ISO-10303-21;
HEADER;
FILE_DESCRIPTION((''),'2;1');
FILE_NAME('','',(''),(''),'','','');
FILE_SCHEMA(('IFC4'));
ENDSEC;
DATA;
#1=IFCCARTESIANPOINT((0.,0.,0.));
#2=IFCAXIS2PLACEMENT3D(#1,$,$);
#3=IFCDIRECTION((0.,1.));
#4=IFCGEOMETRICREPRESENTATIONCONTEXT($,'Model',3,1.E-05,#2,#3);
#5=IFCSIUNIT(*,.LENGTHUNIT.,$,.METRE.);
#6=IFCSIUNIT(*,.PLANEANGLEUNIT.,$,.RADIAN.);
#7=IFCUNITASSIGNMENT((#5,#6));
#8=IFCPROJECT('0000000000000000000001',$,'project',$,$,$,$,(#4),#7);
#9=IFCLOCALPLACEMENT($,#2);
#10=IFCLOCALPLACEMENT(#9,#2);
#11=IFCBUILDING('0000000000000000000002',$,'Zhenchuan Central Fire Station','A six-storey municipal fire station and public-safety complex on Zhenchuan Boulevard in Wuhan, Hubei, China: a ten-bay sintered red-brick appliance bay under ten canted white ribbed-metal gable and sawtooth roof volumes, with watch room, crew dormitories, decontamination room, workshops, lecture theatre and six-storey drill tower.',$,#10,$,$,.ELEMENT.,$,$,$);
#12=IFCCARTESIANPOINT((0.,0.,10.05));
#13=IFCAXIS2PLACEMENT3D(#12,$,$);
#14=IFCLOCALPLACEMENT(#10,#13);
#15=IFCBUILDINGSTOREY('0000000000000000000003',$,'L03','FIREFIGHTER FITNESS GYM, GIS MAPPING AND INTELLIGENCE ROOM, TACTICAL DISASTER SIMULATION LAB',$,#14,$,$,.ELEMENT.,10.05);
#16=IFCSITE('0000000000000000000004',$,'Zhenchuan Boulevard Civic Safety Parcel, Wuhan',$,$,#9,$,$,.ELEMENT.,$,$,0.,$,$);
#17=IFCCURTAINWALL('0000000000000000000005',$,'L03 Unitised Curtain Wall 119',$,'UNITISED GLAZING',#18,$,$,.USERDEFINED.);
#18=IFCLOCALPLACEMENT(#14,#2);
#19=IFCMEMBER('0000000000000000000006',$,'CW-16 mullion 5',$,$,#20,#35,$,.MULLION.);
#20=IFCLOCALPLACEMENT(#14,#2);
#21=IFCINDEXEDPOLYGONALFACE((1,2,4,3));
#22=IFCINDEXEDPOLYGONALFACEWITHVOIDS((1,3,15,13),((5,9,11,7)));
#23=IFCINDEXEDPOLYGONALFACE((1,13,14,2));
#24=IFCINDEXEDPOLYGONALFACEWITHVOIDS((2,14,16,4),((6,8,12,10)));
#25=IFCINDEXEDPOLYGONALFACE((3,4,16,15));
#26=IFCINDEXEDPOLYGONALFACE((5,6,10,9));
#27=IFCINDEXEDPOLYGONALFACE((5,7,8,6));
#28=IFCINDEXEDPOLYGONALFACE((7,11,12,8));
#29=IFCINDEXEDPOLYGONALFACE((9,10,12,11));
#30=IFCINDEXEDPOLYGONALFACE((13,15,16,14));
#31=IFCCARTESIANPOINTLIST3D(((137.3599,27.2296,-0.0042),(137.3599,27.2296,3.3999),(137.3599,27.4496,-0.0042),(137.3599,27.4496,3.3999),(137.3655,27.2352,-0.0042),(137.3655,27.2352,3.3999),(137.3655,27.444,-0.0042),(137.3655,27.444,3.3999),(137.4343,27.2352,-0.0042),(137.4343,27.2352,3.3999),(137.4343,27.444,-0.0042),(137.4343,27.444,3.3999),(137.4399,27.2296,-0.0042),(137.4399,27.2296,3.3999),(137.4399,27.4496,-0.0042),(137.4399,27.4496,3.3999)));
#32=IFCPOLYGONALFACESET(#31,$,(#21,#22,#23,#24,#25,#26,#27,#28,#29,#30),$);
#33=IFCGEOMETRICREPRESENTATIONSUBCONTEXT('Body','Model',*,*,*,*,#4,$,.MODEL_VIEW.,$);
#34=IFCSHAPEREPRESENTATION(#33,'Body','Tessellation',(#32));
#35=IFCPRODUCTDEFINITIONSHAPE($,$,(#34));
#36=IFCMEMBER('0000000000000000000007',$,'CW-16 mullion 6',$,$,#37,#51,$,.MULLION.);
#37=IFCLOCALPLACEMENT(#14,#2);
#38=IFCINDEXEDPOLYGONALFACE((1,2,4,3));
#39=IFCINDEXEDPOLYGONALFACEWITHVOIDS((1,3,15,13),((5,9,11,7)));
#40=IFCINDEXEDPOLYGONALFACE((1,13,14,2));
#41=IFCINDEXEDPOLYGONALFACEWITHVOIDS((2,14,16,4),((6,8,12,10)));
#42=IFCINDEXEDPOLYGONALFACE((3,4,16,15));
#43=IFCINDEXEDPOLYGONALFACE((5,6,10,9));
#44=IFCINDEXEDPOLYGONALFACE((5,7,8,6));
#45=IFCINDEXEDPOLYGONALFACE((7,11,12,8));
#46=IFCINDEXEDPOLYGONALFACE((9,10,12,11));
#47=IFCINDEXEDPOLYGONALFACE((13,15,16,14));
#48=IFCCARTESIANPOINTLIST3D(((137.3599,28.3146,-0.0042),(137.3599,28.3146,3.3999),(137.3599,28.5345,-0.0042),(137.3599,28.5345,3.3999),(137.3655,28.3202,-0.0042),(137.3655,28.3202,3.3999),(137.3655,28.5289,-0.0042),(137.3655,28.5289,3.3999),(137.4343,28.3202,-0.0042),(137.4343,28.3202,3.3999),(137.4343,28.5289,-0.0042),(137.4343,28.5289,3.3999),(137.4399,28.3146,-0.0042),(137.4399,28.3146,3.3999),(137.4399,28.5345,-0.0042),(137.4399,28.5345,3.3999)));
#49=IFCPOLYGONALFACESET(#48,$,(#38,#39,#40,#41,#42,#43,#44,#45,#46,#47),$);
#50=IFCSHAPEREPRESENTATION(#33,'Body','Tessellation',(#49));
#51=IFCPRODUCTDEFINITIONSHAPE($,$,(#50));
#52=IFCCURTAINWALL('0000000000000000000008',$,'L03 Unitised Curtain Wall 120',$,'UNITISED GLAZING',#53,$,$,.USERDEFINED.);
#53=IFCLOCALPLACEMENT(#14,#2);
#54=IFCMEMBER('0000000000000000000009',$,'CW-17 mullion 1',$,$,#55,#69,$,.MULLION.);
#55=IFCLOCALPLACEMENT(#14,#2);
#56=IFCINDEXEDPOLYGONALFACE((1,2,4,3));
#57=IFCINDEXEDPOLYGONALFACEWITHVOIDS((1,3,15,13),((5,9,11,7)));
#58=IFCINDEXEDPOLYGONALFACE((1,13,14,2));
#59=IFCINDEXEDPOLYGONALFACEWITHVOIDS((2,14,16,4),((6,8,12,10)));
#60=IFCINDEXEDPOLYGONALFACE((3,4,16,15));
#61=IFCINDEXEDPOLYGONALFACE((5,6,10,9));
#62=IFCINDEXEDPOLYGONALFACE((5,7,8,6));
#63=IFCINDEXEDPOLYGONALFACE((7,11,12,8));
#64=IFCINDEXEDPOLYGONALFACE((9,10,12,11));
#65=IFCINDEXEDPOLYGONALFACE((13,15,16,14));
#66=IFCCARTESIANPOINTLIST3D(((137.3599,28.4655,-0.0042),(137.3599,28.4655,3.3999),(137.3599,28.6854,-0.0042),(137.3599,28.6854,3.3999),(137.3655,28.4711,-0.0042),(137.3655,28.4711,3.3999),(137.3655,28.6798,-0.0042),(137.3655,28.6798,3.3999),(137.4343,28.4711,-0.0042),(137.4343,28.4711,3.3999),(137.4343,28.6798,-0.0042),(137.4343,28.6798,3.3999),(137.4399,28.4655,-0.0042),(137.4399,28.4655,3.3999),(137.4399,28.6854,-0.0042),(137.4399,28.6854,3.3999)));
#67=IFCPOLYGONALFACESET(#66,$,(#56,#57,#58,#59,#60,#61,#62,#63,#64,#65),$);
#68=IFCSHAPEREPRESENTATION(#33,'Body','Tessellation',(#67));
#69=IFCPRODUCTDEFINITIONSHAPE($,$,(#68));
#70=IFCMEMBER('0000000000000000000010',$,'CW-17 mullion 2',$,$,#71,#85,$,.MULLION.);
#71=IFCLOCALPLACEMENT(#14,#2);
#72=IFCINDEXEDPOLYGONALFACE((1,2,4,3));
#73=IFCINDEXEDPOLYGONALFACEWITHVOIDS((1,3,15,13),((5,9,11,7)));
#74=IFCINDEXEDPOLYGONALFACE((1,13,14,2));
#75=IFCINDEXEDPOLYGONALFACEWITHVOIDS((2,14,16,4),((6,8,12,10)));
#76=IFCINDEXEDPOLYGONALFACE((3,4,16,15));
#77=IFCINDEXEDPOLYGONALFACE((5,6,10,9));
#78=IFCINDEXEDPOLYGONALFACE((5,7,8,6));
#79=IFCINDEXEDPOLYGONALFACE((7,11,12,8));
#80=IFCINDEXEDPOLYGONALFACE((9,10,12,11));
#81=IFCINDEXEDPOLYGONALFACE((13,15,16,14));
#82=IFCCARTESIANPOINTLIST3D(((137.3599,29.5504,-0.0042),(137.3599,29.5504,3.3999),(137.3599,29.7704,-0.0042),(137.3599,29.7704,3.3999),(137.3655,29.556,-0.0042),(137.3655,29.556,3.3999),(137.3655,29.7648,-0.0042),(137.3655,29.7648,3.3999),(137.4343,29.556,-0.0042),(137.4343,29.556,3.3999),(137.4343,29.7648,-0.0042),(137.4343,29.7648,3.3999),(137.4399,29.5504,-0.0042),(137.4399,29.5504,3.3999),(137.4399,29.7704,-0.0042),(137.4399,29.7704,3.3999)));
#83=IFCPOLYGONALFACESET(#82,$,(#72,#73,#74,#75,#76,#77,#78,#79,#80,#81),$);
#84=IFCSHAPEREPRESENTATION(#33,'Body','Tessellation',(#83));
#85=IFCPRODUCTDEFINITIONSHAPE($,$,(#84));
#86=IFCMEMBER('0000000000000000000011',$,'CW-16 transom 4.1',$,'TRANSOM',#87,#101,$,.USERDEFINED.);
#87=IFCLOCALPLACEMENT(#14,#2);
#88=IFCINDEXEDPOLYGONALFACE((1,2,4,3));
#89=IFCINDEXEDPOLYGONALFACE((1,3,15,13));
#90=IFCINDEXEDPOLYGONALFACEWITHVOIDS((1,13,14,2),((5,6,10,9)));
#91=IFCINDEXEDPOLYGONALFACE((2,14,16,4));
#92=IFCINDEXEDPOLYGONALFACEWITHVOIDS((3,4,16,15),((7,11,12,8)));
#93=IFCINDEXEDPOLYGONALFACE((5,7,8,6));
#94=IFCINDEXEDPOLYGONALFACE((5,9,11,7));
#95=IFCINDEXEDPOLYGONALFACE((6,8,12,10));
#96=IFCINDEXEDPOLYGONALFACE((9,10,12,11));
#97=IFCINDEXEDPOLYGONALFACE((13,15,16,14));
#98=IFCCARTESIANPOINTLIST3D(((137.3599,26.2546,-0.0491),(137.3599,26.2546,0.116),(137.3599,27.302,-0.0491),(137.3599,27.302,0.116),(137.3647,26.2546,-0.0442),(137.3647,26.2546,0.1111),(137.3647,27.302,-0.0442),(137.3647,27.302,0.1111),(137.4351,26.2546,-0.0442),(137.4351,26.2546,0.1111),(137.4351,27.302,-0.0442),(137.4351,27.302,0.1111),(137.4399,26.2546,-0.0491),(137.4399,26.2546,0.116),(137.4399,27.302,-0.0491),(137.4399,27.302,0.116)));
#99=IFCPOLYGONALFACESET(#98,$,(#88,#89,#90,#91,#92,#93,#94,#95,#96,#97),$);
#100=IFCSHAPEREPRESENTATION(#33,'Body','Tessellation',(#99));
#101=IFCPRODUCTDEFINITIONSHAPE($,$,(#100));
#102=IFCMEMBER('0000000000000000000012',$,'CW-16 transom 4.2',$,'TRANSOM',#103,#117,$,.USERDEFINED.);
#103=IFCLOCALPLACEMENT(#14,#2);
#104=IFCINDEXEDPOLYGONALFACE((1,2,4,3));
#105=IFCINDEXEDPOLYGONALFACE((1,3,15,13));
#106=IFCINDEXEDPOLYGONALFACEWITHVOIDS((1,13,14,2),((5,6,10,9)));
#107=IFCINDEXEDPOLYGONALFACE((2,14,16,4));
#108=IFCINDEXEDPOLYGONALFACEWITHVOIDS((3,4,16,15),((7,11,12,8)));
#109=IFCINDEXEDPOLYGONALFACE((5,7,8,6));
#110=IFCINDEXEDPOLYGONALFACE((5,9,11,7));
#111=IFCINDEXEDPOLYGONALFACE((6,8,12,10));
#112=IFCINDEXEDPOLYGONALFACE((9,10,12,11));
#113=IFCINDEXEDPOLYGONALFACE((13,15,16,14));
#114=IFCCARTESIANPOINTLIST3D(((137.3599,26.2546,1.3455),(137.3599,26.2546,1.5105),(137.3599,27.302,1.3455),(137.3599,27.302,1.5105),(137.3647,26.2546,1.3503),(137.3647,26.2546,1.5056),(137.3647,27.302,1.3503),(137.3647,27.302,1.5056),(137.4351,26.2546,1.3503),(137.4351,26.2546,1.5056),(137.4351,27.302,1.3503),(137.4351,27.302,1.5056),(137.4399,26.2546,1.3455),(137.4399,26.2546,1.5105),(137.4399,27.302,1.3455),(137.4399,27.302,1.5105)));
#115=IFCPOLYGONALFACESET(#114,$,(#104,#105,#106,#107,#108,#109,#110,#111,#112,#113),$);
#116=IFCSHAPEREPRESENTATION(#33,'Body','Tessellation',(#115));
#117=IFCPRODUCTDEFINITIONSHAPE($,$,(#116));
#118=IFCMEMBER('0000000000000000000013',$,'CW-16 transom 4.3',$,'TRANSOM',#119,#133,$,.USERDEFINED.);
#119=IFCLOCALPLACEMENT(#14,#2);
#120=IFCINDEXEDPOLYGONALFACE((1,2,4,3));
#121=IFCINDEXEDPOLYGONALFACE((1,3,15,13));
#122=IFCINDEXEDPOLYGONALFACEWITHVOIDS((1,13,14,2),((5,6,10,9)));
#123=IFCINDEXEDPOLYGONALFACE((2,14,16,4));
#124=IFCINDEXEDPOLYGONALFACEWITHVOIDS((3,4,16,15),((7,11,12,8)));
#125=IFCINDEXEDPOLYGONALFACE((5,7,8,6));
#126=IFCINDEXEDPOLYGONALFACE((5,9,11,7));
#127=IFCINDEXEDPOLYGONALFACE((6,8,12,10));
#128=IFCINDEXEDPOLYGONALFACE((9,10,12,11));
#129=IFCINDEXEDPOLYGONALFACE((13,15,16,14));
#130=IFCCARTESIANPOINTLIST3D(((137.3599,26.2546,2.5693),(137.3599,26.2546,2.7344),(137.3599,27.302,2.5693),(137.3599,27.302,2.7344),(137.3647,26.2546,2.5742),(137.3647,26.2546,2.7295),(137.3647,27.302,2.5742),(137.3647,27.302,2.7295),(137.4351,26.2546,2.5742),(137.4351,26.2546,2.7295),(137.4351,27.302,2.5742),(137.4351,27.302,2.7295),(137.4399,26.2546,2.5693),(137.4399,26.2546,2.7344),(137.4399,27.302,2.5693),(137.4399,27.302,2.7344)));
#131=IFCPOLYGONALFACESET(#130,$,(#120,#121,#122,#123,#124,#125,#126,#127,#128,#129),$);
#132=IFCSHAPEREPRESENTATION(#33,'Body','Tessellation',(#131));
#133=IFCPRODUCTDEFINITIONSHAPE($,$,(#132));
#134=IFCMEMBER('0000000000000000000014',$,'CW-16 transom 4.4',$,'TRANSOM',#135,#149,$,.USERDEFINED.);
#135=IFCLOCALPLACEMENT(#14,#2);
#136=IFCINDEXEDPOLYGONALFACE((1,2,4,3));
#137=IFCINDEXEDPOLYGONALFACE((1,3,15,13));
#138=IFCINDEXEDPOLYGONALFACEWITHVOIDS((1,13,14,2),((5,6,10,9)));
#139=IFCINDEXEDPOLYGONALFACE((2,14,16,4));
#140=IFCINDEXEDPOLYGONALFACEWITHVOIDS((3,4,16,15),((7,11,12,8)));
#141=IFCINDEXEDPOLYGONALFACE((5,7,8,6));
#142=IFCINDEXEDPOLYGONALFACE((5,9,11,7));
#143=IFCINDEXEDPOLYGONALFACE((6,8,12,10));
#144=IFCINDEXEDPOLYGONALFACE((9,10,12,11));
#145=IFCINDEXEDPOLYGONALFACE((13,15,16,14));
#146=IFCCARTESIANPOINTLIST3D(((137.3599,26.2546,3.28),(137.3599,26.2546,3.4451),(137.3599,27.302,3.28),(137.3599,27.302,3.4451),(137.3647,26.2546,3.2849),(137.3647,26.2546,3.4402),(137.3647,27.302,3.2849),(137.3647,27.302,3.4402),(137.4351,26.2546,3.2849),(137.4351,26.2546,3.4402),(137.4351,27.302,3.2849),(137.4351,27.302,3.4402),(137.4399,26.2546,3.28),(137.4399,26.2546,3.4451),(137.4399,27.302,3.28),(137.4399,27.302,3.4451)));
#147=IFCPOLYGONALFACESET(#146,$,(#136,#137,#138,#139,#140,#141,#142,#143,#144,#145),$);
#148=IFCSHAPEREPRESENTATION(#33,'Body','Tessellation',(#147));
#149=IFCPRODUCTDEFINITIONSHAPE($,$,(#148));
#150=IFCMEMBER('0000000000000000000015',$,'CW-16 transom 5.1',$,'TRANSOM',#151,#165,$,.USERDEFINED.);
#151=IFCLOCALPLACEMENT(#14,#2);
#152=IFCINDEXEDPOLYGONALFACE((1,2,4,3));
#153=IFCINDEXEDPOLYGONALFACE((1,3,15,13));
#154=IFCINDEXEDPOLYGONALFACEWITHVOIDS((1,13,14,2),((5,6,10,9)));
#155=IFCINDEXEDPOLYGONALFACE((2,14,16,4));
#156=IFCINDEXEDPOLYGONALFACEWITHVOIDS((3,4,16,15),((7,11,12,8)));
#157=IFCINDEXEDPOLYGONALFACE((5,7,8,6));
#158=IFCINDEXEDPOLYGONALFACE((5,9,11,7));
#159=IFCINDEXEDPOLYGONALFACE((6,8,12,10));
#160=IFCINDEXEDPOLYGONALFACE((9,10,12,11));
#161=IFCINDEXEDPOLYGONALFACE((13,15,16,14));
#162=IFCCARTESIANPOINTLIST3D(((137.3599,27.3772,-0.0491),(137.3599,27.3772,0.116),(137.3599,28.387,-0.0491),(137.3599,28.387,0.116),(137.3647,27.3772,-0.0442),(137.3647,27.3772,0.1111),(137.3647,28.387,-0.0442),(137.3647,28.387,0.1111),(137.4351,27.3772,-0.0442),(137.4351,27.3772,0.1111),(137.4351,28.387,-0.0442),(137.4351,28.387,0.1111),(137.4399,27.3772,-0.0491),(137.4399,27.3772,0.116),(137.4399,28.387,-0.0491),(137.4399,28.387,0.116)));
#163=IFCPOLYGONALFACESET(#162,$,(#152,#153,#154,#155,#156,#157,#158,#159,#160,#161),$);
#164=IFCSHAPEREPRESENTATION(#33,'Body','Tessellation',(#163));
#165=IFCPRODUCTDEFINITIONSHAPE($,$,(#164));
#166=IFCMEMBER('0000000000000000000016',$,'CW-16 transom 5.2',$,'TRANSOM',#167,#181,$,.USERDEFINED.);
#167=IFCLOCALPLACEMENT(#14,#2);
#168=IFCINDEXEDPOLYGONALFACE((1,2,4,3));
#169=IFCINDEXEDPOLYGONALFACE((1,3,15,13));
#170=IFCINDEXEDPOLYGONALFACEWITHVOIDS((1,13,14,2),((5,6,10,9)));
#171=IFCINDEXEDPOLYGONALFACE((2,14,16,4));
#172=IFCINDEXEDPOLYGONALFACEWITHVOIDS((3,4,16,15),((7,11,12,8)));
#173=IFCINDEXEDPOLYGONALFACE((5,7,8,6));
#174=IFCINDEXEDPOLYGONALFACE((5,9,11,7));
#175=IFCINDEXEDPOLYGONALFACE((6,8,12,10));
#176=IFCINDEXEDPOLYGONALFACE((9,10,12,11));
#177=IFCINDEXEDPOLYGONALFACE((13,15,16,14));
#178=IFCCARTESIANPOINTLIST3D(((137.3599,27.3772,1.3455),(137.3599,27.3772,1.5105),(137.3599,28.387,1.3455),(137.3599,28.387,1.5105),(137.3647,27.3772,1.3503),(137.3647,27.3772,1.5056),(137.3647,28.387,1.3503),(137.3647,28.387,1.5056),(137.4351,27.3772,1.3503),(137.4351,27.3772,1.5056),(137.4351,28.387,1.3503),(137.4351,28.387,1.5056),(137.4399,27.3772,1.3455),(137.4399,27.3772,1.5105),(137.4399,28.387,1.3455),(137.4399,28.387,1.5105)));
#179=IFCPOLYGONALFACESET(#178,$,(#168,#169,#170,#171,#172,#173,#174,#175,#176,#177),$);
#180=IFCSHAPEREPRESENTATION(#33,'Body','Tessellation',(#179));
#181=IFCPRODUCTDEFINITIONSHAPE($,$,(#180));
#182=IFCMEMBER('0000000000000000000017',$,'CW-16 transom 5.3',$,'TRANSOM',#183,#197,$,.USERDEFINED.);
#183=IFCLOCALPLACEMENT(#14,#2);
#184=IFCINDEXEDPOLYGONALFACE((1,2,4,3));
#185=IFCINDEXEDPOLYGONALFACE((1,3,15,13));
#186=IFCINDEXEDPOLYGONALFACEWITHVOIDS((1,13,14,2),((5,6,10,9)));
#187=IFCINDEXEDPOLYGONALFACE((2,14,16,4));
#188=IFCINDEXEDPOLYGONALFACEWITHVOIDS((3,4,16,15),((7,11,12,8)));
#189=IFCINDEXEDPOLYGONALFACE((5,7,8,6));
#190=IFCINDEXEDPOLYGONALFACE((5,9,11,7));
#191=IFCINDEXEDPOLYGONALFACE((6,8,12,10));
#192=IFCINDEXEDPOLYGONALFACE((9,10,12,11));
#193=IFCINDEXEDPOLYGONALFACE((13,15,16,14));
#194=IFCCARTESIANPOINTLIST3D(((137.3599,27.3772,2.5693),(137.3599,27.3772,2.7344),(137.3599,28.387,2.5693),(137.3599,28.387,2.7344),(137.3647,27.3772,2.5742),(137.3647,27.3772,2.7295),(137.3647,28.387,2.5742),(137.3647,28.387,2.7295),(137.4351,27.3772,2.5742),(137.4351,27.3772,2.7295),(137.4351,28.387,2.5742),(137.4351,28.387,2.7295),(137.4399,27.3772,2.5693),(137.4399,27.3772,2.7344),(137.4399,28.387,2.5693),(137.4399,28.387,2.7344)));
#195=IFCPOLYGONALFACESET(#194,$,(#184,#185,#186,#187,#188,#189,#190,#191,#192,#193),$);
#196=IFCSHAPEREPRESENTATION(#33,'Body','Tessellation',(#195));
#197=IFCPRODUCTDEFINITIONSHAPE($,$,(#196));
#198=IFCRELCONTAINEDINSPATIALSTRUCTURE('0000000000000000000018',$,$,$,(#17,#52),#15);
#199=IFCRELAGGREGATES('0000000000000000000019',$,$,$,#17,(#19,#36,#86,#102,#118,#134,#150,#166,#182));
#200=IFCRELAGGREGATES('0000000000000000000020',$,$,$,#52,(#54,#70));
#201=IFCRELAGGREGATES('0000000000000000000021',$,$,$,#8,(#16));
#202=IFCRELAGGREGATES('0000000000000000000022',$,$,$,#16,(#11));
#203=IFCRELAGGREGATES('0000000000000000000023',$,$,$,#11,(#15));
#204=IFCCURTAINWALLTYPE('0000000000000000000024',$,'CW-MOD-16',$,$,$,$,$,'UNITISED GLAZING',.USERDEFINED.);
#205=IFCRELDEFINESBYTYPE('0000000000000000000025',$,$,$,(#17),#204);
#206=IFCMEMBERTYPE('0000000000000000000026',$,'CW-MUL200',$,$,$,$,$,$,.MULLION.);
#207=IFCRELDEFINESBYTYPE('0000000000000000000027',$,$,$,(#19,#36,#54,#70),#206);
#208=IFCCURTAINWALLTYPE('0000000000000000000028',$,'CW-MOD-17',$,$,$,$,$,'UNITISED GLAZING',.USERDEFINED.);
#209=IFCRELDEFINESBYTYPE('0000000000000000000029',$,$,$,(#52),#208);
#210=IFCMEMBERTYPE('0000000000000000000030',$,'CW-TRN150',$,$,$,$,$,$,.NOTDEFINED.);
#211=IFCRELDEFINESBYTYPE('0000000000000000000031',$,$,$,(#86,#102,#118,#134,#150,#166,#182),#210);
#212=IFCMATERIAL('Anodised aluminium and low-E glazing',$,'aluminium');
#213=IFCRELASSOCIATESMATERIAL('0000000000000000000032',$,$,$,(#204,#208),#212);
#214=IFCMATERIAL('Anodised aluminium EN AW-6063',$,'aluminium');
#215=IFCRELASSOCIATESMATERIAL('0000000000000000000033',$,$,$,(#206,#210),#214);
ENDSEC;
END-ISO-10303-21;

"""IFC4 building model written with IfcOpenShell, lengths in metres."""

from ifc_helpers import new_model, si_unit, direction, frame, origin, origin_2d, place, context, subcontext, project, spatial, hollow_rectangle, extrude, material, material_profile, profile_set, type_object, element, aggregate, save


model = new_model("IFC4")

# Units and contexts
model_context = context("Model", 3, precision=1e-05, world=origin(), true_north=direction((0.0, 1.0)))
body_context = subcontext(model_context, "Body", "Model", "MODEL_VIEW")
ifc_project = project(units=[si_unit("LENGTHUNIT", "METRE"), si_unit("PLANEANGLEUNIT", "RADIAN")], contexts=[model_context])

# Site, building, storey
site_placement = place(None, origin())
site = spatial("IfcSite", under=ifc_project, at=site_placement, Name="Zhenchuan Boulevard Civic Safety Parcel, Wuhan", CompositionType="ELEMENT", RefElevation=0.0)
building_placement = place(site_placement, origin())
building = spatial("IfcBuilding", under=site, at=building_placement, Name="Zhenchuan Central Fire Station", Description="A six-storey municipal fire station and public-safety complex on Zhenchuan Boulevard in Wuhan, Hubei, China: a ten-bay sintered red-brick appliance bay under ten canted white ribbed-metal gable and sawtooth roof volumes, with watch room, crew dormitories, decontamination room, workshops, lecture theatre and six-storey drill tower.", CompositionType="ELEMENT")
storey_placement = place(building_placement, frame((0.0, 0.0, 10.05)))
storey = spatial("IfcBuildingStorey", under=building, at=storey_placement, Name="L03", Description="FIREFIGHTER FITNESS GYM, GIS MAPPING AND INTELLIGENCE ROOM, TACTICAL DISASTER SIMULATION LAB", CompositionType="ELEMENT", Elevation=10.05)

# Curtain walls, members
ifc_material_1 = material(Name="Anodised aluminium and low-E glazing", Category="aluminium")
curtain_wall_type_1 = type_object("IfcCurtainWallType", Name="CW-MOD-16", ElementType="UNITISED GLAZING", PredefinedType="USERDEFINED", material=ifc_material_1)
curtain_wall_1_placement = place(storey_placement, origin())
curtain_wall_1 = element("IfcCurtainWall", 1, at=curtain_wall_1_placement, inside=storey, type_object=curtain_wall_type_1, Name="L03 Unitised Curtain Wall 119", ObjectType="UNITISED GLAZING", PredefinedType="USERDEFINED")
ifc_material_2 = material(Name="Anodised aluminium EN AW-6063", Category="aluminium")
ifc_material_profile_1 = material_profile(ifc_material_2, hollow_rectangle(XDim=0.0801, YDim=0.22, WallThickness=0.0056, at=origin_2d()), Name="ALU-M 220x80")
ifc_profile_set_1 = profile_set([ifc_material_profile_1], Name="Anodised aluminium EN AW-6063")
member_type_1 = type_object("IfcMemberType", Name="CW-MUL200", PredefinedType="MULLION", material=ifc_profile_set_1)
member_1_placement = place(storey_placement, frame((137.3999, 27.3396, -0.0042), z_axis=(0.0, 0.0, 1.0), x_axis=(-1.0, 0.0, 0.0)))
member_1 = element("IfcMember", 2, at=member_1_placement, type_object=member_type_1, Name="CW-16 mullion 5", PredefinedType="MULLION", context=body_context, shape_type="SweptSolid", body=[
    extrude(hollow_rectangle(XDim=0.0801, YDim=0.22, WallThickness=0.0056, at=origin_2d()), origin(), (0.0, 0.0, 1.0), 3.4041),
])
member_2_placement = place(storey_placement, frame((137.3999, 28.4246, -0.0042), z_axis=(0.0, 0.0, 1.0), x_axis=(-1.0, 0.0, 0.0)))
member_2 = element("IfcMember", 3, at=member_2_placement, type_object=member_type_1, Name="CW-16 mullion 6", PredefinedType="MULLION", context=body_context, shape_type="SweptSolid", body=[
    extrude(hollow_rectangle(XDim=0.0801, YDim=0.22, WallThickness=0.0056, at=origin_2d()), origin(), (0.0, 0.0, 1.0), 3.4041),
])
curtain_wall_type_2 = type_object("IfcCurtainWallType", Name="CW-MOD-17", ElementType="UNITISED GLAZING", PredefinedType="USERDEFINED", material=ifc_material_1)
curtain_wall_2_placement = place(storey_placement, origin())
curtain_wall_2 = element("IfcCurtainWall", 4, at=curtain_wall_2_placement, inside=storey, type_object=curtain_wall_type_2, Name="L03 Unitised Curtain Wall 120", ObjectType="UNITISED GLAZING", PredefinedType="USERDEFINED")
member_3_placement = place(storey_placement, frame((137.3999, 28.5754, -0.0042), z_axis=(0.0, 0.0, 1.0), x_axis=(-1.0, 0.0, 0.0)))
member_3 = element("IfcMember", 5, at=member_3_placement, type_object=member_type_1, Name="CW-17 mullion 1", PredefinedType="MULLION", context=body_context, shape_type="SweptSolid", body=[
    extrude(hollow_rectangle(XDim=0.0801, YDim=0.22, WallThickness=0.0056, at=origin_2d()), origin(), (0.0, 0.0, 1.0), 3.4041),
])
member_4_placement = place(storey_placement, frame((137.3999, 29.6604, -0.0042), z_axis=(0.0, 0.0, 1.0), x_axis=(-1.0, 0.0, 0.0)))
member_4 = element("IfcMember", 6, at=member_4_placement, type_object=member_type_1, Name="CW-17 mullion 2", PredefinedType="MULLION", context=body_context, shape_type="SweptSolid", body=[
    extrude(hollow_rectangle(XDim=0.0801, YDim=0.22, WallThickness=0.0056, at=origin_2d()), origin(), (0.0, 0.0, 1.0), 3.4041),
])

# Members
ifc_material_profile_2 = material_profile(ifc_material_2, hollow_rectangle(XDim=0.0801, YDim=0.165, WallThickness=0.0049, at=origin_2d()), Name="ALU-T 165x80")
ifc_profile_set_2 = profile_set([ifc_material_profile_2], Name="Anodised aluminium EN AW-6063")
member_type_2 = type_object("IfcMemberType", Name="CW-TRN150", PredefinedType="NOTDEFINED", material=ifc_profile_set_2)
member_5_placement = place(storey_placement, frame((137.3999, 26.2546, 0.0334), z_axis=(0.0, 1.0, 0.0), x_axis=(-1.0, 0.0, 0.0)))
member_5 = element("IfcMember", 7, at=member_5_placement, type_object=member_type_2, Name="CW-16 transom 4.1", ObjectType="TRANSOM", PredefinedType="USERDEFINED", context=body_context, shape_type="SweptSolid", body=[
    extrude(hollow_rectangle(XDim=0.0801, YDim=0.165, WallThickness=0.0049, at=origin_2d()), origin(), (0.0, 0.0, 1.0), 1.0474),
])
member_6_placement = place(storey_placement, frame((137.3999, 26.2546, 1.428), z_axis=(0.0, 1.0, 0.0), x_axis=(-1.0, 0.0, 0.0)))
member_6 = element("IfcMember", 8, at=member_6_placement, type_object=member_type_2, Name="CW-16 transom 4.2", ObjectType="TRANSOM", PredefinedType="USERDEFINED", context=body_context, shape_type="SweptSolid", body=[
    extrude(hollow_rectangle(XDim=0.0801, YDim=0.165, WallThickness=0.0049, at=origin_2d()), origin(), (0.0, 0.0, 1.0), 1.0474),
])
member_7_placement = place(storey_placement, frame((137.3999, 26.2546, 2.6519), z_axis=(0.0, 1.0, 0.0), x_axis=(-1.0, 0.0, 0.0)))
member_7 = element("IfcMember", 9, at=member_7_placement, type_object=member_type_2, Name="CW-16 transom 4.3", ObjectType="TRANSOM", PredefinedType="USERDEFINED", context=body_context, shape_type="SweptSolid", body=[
    extrude(hollow_rectangle(XDim=0.0801, YDim=0.165, WallThickness=0.0049, at=origin_2d()), origin(), (0.0, 0.0, 1.0), 1.0474),
])
member_8_placement = place(storey_placement, frame((137.3999, 26.2546, 3.3625), z_axis=(0.0, 1.0, 0.0), x_axis=(-1.0, 0.0, 0.0)))
member_8 = element("IfcMember", 10, at=member_8_placement, type_object=member_type_2, Name="CW-16 transom 4.4", ObjectType="TRANSOM", PredefinedType="USERDEFINED", context=body_context, shape_type="SweptSolid", body=[
    extrude(hollow_rectangle(XDim=0.0801, YDim=0.165, WallThickness=0.0049, at=origin_2d()), origin(), (0.0, 0.0, 1.0), 1.0474),
])
member_9_placement = place(storey_placement, frame((137.3999, 27.3772, 0.0334), z_axis=(0.0, 1.0, 0.0), x_axis=(-1.0, 0.0, 0.0)))
member_9 = element("IfcMember", 11, at=member_9_placement, type_object=member_type_2, Name="CW-16 transom 5.1", ObjectType="TRANSOM", PredefinedType="USERDEFINED", context=body_context, shape_type="SweptSolid", body=[
    extrude(hollow_rectangle(XDim=0.0801, YDim=0.165, WallThickness=0.0049, at=origin_2d()), origin(), (0.0, 0.0, 1.0), 1.0098),
])
member_10_placement = place(storey_placement, frame((137.3999, 27.3772, 1.428), z_axis=(0.0, 1.0, 0.0), x_axis=(-1.0, 0.0, 0.0)))
member_10 = element("IfcMember", 12, at=member_10_placement, type_object=member_type_2, Name="CW-16 transom 5.2", ObjectType="TRANSOM", PredefinedType="USERDEFINED", context=body_context, shape_type="SweptSolid", body=[
    extrude(hollow_rectangle(XDim=0.0801, YDim=0.165, WallThickness=0.0049, at=origin_2d()), origin(), (0.0, 0.0, 1.0), 1.0098),
])
member_11_placement = place(storey_placement, frame((137.3999, 27.3772, 2.6519), z_axis=(0.0, 1.0, 0.0), x_axis=(-1.0, 0.0, 0.0)))
member_11 = element("IfcMember", 13, at=member_11_placement, type_object=member_type_2, Name="CW-16 transom 5.3", ObjectType="TRANSOM", PredefinedType="USERDEFINED", context=body_context, shape_type="SweptSolid", body=[
    extrude(hollow_rectangle(XDim=0.0801, YDim=0.165, WallThickness=0.0049, at=origin_2d()), origin(), (0.0, 0.0, 1.0), 1.0098),
])

aggregate(curtain_wall_1, [member_1, member_2, member_5, member_6, member_7, member_8, member_9, member_10, member_11])
aggregate(curtain_wall_2, [member_3, member_4])

save(model, "model.ifc")
